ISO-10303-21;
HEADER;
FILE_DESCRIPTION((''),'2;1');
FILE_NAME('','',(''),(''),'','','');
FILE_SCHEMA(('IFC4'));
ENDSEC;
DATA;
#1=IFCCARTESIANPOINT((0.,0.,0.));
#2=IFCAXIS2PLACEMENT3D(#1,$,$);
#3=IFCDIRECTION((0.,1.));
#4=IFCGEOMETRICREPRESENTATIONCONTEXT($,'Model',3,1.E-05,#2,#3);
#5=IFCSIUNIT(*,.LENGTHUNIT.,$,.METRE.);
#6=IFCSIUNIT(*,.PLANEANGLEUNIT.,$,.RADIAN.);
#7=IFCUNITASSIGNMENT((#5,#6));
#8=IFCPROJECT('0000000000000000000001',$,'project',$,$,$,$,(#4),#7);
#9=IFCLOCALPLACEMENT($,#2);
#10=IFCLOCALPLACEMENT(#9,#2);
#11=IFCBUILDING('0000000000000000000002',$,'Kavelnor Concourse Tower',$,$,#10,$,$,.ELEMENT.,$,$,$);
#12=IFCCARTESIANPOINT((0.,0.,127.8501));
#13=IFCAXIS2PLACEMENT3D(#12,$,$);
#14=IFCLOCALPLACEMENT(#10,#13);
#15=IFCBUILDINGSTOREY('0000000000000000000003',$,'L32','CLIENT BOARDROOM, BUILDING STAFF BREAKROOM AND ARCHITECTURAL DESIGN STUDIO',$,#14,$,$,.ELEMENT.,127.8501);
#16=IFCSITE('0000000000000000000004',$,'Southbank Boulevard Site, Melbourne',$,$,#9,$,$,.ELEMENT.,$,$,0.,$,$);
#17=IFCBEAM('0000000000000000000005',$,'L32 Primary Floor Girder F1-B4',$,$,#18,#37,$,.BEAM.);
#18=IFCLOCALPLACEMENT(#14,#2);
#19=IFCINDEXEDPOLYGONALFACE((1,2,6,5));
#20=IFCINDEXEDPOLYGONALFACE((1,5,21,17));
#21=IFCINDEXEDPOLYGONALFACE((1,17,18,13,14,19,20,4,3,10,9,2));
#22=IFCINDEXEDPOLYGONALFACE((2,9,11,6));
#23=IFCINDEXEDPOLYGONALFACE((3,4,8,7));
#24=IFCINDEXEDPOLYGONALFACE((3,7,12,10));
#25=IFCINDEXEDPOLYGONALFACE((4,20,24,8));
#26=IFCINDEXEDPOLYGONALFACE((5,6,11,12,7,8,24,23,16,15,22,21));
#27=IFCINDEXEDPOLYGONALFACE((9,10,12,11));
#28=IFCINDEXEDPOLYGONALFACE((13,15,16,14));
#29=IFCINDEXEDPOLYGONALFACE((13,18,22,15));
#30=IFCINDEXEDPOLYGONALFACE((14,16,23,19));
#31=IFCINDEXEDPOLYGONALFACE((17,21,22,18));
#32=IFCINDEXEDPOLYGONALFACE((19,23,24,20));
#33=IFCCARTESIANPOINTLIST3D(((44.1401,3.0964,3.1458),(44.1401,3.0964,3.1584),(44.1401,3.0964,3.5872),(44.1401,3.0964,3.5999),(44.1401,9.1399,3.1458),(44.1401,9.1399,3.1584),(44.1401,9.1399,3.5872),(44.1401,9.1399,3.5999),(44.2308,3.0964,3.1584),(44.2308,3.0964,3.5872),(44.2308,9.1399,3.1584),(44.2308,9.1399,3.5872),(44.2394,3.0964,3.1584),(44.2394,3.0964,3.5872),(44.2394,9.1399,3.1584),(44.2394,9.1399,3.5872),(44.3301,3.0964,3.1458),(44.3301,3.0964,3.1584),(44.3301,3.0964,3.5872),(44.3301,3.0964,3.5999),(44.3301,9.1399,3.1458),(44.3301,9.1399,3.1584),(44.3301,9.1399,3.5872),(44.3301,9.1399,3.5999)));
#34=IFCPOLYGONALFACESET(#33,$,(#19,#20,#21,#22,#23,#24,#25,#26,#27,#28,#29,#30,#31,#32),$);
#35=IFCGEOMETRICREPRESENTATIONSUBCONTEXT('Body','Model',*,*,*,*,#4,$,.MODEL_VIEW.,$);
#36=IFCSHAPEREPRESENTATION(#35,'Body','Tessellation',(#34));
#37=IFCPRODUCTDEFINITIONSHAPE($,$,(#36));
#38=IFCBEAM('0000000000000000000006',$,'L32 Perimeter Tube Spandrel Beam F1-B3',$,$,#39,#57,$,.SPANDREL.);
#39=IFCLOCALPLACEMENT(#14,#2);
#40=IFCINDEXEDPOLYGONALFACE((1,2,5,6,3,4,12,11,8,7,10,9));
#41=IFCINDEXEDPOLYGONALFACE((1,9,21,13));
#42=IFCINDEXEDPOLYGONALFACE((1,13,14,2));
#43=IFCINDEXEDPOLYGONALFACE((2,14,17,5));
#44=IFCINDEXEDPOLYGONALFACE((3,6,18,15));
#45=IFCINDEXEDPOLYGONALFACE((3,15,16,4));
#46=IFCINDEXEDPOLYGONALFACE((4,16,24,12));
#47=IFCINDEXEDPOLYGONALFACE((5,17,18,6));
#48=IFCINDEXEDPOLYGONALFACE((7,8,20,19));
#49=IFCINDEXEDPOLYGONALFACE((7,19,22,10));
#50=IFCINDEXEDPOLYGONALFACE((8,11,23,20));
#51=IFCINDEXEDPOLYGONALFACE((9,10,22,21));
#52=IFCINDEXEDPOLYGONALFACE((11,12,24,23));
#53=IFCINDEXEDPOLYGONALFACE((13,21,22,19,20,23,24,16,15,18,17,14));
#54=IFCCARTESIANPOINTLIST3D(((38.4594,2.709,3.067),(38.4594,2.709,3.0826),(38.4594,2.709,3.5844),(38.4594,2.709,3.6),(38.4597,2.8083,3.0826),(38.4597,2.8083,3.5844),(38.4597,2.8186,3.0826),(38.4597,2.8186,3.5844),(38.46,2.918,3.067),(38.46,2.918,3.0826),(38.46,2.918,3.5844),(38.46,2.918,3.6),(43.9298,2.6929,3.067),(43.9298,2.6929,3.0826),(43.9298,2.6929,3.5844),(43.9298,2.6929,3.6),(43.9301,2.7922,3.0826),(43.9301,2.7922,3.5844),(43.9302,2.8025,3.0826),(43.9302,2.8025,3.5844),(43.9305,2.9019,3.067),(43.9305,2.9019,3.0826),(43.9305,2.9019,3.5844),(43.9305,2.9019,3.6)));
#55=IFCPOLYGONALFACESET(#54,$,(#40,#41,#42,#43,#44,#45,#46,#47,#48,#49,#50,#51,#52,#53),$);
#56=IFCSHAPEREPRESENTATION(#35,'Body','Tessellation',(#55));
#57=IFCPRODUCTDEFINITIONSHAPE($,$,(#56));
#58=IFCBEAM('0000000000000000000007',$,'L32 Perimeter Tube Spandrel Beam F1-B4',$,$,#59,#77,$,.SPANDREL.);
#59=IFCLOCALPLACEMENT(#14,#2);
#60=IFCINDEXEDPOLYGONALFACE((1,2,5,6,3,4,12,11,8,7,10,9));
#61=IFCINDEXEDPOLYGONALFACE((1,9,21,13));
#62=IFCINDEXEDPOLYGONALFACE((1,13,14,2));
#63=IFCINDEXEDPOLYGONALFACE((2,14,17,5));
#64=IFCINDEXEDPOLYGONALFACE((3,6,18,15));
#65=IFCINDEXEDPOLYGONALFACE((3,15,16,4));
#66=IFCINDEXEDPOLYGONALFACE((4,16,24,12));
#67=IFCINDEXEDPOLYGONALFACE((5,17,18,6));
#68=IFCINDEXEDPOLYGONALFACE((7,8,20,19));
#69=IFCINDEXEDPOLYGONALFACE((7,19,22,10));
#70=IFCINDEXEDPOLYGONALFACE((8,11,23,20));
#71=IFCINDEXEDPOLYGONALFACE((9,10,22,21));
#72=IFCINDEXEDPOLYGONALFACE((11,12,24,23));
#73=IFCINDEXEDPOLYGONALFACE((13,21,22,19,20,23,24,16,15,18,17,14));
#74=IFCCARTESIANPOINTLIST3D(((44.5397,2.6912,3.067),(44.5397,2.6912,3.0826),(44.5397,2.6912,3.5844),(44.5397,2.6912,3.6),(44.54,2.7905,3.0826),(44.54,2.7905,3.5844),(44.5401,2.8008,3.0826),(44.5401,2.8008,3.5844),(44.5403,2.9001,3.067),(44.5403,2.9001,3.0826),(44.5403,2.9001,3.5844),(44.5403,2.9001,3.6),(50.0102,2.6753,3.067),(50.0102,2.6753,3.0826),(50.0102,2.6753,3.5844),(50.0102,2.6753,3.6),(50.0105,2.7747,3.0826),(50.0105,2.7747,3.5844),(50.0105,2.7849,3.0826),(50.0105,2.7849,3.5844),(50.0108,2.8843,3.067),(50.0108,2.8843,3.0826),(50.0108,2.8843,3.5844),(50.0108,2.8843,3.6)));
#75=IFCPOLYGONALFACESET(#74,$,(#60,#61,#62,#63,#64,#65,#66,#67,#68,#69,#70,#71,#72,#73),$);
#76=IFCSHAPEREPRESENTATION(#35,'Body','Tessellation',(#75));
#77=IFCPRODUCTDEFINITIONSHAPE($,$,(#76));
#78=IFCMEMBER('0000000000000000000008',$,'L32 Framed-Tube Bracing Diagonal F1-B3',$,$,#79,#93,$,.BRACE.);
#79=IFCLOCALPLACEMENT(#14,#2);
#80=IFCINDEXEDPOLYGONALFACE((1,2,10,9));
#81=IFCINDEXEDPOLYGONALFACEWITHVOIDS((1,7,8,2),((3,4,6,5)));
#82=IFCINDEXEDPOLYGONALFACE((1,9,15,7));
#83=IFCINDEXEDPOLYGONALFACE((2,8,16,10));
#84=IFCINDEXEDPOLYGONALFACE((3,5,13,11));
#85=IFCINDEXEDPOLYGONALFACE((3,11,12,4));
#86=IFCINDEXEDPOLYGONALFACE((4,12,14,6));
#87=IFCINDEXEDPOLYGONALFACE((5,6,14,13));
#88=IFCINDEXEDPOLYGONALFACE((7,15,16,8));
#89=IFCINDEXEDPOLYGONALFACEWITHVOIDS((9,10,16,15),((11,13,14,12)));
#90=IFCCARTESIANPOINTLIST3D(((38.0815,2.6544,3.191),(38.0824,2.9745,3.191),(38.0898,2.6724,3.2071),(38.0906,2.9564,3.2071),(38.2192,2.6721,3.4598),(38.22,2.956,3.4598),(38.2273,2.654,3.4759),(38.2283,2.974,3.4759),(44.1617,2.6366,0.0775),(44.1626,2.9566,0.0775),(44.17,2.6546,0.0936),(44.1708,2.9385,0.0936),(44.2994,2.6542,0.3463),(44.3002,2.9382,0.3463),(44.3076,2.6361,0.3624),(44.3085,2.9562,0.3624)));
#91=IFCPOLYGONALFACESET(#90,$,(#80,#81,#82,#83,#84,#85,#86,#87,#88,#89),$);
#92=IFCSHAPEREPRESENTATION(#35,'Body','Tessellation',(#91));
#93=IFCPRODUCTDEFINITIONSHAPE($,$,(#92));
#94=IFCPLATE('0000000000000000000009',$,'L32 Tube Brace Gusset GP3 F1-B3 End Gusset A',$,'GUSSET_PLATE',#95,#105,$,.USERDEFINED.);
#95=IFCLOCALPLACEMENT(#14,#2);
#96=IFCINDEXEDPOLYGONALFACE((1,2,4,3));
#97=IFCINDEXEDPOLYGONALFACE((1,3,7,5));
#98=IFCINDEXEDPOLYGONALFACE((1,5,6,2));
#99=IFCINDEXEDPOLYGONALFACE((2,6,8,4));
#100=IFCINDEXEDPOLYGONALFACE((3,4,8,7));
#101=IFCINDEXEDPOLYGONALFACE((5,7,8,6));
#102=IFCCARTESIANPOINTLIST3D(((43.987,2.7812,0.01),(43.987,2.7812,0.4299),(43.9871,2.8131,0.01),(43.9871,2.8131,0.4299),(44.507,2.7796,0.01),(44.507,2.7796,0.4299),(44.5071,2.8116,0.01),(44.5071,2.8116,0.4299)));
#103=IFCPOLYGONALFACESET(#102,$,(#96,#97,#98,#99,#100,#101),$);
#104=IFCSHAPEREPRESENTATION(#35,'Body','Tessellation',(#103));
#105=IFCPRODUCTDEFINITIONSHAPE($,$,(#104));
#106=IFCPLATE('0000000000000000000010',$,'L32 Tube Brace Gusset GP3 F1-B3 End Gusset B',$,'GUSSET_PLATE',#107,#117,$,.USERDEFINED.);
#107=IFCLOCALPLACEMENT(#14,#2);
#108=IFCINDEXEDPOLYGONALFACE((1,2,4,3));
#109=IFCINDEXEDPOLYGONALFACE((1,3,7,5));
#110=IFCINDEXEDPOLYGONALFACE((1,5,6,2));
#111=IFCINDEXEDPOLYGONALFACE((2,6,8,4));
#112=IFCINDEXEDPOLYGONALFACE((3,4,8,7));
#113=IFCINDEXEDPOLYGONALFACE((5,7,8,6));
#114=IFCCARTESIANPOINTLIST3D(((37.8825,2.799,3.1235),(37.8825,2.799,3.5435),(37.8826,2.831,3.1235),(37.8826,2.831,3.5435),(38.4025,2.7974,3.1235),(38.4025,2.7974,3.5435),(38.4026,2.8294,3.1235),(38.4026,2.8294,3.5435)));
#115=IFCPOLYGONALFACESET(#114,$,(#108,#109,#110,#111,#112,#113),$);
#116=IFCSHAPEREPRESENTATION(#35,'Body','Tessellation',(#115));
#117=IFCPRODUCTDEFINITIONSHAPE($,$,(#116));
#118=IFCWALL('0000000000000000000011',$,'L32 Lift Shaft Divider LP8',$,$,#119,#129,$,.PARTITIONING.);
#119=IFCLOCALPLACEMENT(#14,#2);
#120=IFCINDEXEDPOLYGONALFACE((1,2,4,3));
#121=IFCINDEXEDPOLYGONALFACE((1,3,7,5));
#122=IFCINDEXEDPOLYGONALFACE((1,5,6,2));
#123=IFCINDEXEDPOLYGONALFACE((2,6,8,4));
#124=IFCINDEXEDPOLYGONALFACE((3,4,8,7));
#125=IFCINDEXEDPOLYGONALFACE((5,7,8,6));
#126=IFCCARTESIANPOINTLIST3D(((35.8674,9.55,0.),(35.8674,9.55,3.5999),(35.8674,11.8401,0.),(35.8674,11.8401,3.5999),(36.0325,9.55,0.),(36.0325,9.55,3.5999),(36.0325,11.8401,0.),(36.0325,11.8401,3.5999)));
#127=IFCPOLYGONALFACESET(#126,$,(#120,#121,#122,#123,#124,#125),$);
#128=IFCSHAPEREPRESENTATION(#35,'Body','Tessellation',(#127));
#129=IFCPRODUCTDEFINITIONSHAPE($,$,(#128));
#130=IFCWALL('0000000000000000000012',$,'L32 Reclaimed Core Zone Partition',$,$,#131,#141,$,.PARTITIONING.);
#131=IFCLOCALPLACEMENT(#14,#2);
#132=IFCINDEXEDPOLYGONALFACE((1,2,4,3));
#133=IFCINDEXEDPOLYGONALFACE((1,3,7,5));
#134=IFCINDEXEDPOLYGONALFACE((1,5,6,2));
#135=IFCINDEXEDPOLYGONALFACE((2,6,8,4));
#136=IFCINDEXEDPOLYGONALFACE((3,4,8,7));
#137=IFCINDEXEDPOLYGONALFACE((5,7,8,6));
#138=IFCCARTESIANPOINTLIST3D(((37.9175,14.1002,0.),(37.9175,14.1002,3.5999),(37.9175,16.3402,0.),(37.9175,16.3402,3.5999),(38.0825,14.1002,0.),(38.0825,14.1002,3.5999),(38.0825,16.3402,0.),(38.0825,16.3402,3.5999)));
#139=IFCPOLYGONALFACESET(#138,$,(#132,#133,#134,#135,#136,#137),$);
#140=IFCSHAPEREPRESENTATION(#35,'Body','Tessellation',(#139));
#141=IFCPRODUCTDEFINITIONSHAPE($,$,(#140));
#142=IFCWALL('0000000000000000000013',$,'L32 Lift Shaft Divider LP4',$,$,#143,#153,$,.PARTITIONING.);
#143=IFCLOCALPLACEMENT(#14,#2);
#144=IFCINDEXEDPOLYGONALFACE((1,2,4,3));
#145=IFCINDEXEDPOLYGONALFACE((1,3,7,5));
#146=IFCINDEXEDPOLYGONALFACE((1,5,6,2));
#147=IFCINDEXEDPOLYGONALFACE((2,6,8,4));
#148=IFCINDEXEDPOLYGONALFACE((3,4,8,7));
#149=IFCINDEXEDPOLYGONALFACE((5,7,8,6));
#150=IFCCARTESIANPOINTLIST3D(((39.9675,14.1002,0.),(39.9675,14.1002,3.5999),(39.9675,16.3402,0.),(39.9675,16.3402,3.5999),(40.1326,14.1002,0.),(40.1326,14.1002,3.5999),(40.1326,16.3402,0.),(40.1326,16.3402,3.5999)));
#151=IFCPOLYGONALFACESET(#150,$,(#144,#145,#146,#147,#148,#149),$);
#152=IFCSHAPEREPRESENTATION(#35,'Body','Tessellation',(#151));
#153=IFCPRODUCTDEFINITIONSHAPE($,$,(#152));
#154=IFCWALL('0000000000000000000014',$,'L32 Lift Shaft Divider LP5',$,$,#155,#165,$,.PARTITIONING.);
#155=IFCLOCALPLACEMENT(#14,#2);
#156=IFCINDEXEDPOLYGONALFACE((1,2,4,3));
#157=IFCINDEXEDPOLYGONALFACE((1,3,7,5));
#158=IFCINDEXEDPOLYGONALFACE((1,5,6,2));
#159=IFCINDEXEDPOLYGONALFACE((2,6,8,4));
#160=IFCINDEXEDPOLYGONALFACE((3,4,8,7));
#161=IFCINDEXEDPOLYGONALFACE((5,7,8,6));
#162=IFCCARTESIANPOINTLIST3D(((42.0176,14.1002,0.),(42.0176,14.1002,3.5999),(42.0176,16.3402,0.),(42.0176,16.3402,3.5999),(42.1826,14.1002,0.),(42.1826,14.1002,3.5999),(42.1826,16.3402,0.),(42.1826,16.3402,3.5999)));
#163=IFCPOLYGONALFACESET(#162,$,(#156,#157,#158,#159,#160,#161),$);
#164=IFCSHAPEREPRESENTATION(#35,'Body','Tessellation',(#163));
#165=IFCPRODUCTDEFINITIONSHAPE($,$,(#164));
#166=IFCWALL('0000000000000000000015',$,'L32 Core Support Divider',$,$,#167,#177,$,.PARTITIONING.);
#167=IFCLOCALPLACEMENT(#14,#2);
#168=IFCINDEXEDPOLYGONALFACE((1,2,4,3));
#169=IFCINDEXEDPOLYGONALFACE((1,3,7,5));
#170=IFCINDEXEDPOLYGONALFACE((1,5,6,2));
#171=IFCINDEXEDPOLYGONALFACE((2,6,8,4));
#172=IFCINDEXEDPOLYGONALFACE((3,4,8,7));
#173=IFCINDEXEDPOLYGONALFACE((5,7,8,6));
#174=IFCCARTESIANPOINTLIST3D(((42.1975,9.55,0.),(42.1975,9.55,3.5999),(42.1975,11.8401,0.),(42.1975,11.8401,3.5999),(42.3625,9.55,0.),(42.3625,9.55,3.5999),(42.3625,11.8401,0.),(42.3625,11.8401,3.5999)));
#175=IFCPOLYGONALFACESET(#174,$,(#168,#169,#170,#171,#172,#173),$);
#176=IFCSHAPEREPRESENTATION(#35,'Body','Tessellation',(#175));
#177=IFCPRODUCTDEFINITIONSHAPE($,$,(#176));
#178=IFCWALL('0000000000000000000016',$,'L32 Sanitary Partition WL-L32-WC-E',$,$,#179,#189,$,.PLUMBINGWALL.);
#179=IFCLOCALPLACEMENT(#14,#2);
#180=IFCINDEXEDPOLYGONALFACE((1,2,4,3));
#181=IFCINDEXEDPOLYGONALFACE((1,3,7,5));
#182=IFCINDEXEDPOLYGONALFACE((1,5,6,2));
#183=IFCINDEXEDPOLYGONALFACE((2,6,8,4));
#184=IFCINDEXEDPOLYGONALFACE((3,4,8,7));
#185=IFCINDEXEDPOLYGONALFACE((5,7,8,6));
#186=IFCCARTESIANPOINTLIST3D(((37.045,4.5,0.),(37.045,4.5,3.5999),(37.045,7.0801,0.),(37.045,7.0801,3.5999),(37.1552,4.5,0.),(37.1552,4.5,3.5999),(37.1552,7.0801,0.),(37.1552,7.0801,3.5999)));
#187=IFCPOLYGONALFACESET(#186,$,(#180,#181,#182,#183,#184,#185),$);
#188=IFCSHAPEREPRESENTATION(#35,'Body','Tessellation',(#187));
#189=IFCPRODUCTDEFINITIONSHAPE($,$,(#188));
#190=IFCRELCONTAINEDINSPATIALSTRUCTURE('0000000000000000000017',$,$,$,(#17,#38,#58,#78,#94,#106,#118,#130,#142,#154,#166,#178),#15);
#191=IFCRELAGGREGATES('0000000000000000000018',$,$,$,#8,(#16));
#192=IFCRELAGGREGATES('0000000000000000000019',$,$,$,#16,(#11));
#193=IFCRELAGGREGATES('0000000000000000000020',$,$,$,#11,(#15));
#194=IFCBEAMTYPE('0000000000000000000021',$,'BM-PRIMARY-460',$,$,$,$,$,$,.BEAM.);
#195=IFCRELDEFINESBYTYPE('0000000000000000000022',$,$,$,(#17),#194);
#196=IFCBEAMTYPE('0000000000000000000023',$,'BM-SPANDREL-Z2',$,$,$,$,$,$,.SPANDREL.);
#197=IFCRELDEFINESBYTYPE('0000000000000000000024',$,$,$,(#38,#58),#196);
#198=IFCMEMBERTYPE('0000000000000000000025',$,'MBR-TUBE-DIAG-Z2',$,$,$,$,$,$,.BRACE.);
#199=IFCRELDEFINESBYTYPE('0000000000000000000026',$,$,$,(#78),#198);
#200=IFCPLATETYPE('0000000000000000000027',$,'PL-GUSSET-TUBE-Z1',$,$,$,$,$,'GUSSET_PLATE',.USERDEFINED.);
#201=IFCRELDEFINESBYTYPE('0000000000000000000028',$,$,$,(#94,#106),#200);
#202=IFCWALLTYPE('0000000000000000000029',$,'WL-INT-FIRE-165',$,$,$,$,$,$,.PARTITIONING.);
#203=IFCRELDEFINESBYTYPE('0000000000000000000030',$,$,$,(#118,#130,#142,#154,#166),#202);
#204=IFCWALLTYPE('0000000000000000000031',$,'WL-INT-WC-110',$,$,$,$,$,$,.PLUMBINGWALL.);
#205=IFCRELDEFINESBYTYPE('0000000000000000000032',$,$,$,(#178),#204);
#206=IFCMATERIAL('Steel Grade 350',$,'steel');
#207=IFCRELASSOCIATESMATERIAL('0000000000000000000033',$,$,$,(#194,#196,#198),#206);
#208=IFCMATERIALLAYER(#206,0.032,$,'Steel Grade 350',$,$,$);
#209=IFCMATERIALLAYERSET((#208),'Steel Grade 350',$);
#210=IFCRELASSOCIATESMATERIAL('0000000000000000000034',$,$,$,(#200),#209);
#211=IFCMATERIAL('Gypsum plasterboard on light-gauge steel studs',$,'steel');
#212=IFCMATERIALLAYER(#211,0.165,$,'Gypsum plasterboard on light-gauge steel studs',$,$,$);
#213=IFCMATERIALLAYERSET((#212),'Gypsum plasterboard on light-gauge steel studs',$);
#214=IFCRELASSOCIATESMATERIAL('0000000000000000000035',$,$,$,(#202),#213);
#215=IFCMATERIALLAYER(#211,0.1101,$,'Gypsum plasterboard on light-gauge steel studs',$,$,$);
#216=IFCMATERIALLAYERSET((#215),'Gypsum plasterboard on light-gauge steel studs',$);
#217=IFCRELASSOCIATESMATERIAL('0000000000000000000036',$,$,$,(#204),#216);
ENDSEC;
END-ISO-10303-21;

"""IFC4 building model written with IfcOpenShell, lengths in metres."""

from ifc_helpers import new_model, si_unit, direction, frame, frame_2d, origin, origin_2d, place, context, subcontext, project, spatial, rectangle, hollow_rectangle, i_section, extrude, material, layer, layer_set, material_profile, profile_set, type_object, element, save


model = new_model("IFC4")

# Units and contexts
model_context = context("Model", 3, precision=1e-05, world=origin(), true_north=direction((0.0, 1.0)))
body_context = subcontext(model_context, "Body", "Model", "MODEL_VIEW")
ifc_project = project(units=[si_unit("LENGTHUNIT", "METRE"), si_unit("PLANEANGLEUNIT", "RADIAN")], contexts=[model_context])

# Site, building, storey
site_placement = place(None, origin())
site = spatial("IfcSite", under=ifc_project, at=site_placement, Name="Southbank Boulevard Site, Melbourne", CompositionType="ELEMENT", RefElevation=0.0)
building_placement = place(site_placement, origin())
building = spatial("IfcBuilding", under=site, at=building_placement, Name="Kavelnor Concourse Tower", CompositionType="ELEMENT")
storey_placement = place(building_placement, frame((0.0, 0.0, 127.8501)))
storey = spatial("IfcBuildingStorey", under=building, at=storey_placement, Name="L32", Description="CLIENT BOARDROOM, BUILDING STAFF BREAKROOM AND ARCHITECTURAL DESIGN STUDIO", CompositionType="ELEMENT", Elevation=127.8501)

# Shared definitions
ifc_material_1 = material(Name="Steel Grade 350", Category="steel")

# Beams
ifc_material_profile_1 = material_profile(ifc_material_1, i_section(OverallWidth=0.1899, OverallDepth=0.4541, WebThickness=0.0085, FlangeThickness=0.0127, at=origin_2d()), Name="460UB67")
ifc_profile_set_1 = profile_set([ifc_material_profile_1], Name="Steel Grade 350")
beam_type_1 = type_object("IfcBeamType", Name="BM-PRIMARY-460", PredefinedType="BEAM", material=ifc_profile_set_1)
beam_1_placement = place(storey_placement, frame((44.2351, 9.1399, 3.3728), z_axis=(0.0, -1.0, 0.0), x_axis=(1.0, 0.0, 0.0)))
element("IfcBeam", 1, at=beam_1_placement, inside=storey, type_object=beam_type_1, Name="L32 Primary Floor Girder F1-B4", PredefinedType="BEAM", context=body_context, shape_type="SweptSolid", body=[
    extrude(i_section(OverallWidth=0.1899, OverallDepth=0.4541, WebThickness=0.0085, FlangeThickness=0.0127, at=origin_2d()), origin(), (0.0, 0.0, 1.0), 6.0435),
])
ifc_material_profile_2 = material_profile(ifc_material_1, i_section(OverallWidth=0.209, OverallDepth=0.533, WebThickness=0.0103, FlangeThickness=0.0156, at=origin_2d()), Name="530UB92")
ifc_profile_set_2 = profile_set([ifc_material_profile_2], Name="Steel Grade 350")
beam_type_2 = type_object("IfcBeamType", Name="BM-SPANDREL-Z2", PredefinedType="SPANDREL", material=ifc_profile_set_2)
for number, where, z_axis, x_axis, name in (
    (2, (38.4597, 2.8135, 3.3335), (0.999996, -0.002945, 0.0), (0.002945, 0.999996, 0.0), "L32 Perimeter Tube Spandrel Beam F1-B3"),
    (3, (44.54, 2.7957, 3.3335), (0.999996, -0.002901, 0.0), (0.002901, 0.999996, 0.0), "L32 Perimeter Tube Spandrel Beam F1-B4"),
):
    element("IfcBeam", number, at=place(storey_placement, frame(where, z_axis=z_axis, x_axis=x_axis)), inside=storey, type_object=beam_type_2, Name=name, PredefinedType="SPANDREL", context=body_context, shape_type="SweptSolid", body=[
        extrude(i_section(OverallWidth=0.209, OverallDepth=0.533, WebThickness=0.0103, FlangeThickness=0.0156, at=origin_2d()), origin(), (0.0, 0.0, 1.0), 5.4705),
    ])

# Member
ifc_material_profile_3 = material_profile(ifc_material_1, hollow_rectangle(XDim=0.3201, YDim=0.3201, WallThickness=0.0181, at=origin_2d()), Name="SHS 320x320x18")
ifc_profile_set_3 = profile_set([ifc_material_profile_3], Name="Steel Grade 350")
member_type = type_object("IfcMemberType", Name="MBR-TUBE-DIAG-Z2", PredefinedType="BRACE", material=ifc_profile_set_3)
member_placement = place(storey_placement, frame((44.2351, 2.7964, 0.22), z_axis=(-0.890087, 0.002609, 0.455783), x_axis=(-0.002931, -0.999996, 0.0)))
element("IfcMember", 4, at=member_placement, inside=storey, type_object=member_type, Name="L32 Framed-Tube Bracing Diagonal F1-B3", PredefinedType="BRACE", context=body_context, shape_type="SweptSolid", body=[
    extrude(hollow_rectangle(XDim=0.3201, YDim=0.3201, WallThickness=0.0181, at=origin_2d()), origin(), (0.0, 0.0, 1.0), 6.8311),
])

# Plates
ifc_layer_1 = layer(ifc_material_1, 0.032, Name="Steel Grade 350")
ifc_layer_set_1 = layer_set([ifc_layer_1], Name="Steel Grade 350")
plate_type = type_object("IfcPlateType", Name="PL-GUSSET-TUBE-Z1", ElementType="GUSSET_PLATE", PredefinedType="USERDEFINED", material=ifc_layer_set_1)
for number, where, z_axis, x_axis, name in (
    (5, (44.2471, 2.7964, 0.01), (0.0, 0.0, 1.0), (-0.999996, 0.002967, 0.0), "L32 Tube Brace Gusset GP3 F1-B3 End Gusset A"),
    (6, (38.1426, 2.8142, 3.1235), (0.0, 0.0, 1.0), (-0.999996, 0.002967, 0.0), "L32 Tube Brace Gusset GP3 F1-B3 End Gusset B"),
):
    element("IfcPlate", number, at=place(storey_placement, frame(where, z_axis=z_axis, x_axis=x_axis)), inside=storey, type_object=plate_type, Name=name, ObjectType="GUSSET_PLATE", PredefinedType="USERDEFINED", context=body_context, shape_type="SweptSolid", body=[
        extrude(rectangle(XDim=0.52, YDim=0.032, at=origin_2d()), origin(), (0.0, 0.0, 1.0), 0.4199),
    ])

# Walls
ifc_material_2 = material(Name="Gypsum plasterboard on light-gauge steel studs", Category="steel")
ifc_layer_2 = layer(ifc_material_2, 0.165, Name="Gypsum plasterboard on light-gauge steel studs")
ifc_layer_set_2 = layer_set([ifc_layer_2], Name="Gypsum plasterboard on light-gauge steel studs")
wall_type_1 = type_object("IfcWallType", Name="WL-INT-FIRE-165", PredefinedType="PARTITIONING", material=ifc_layer_set_2)
wall_1_placement = place(storey_placement, frame((35.95, 9.55, 0.0), z_axis=(0.0, 0.0, 1.0), x_axis=(0.0, 1.0, 0.0)))
element("IfcWall", 7, at=wall_1_placement, inside=storey, type_object=wall_type_1, Name="L32 Lift Shaft Divider LP8", PredefinedType="PARTITIONING", context=body_context, shape_type="SweptSolid", body=[
    extrude(rectangle(XDim=2.29, YDim=0.165, at=frame_2d((1.145, 0.0))), origin(), (0.0, 0.0, 1.0), 3.5999),
])
for number, where, z_axis, x_axis, name in (
    (8, (38.0, 14.1001, 0.0), (0.0, 0.0, 1.0), (0.0, 1.0, 0.0), "L32 Reclaimed Core Zone Partition"),
    (9, (40.05, 14.1001, 0.0), (0.0, 0.0, 1.0), (0.0, 1.0, 0.0), "L32 Lift Shaft Divider LP4"),
    (10, (42.1001, 14.1001, 0.0), (0.0, 0.0, 1.0), (0.0, 1.0, 0.0), "L32 Lift Shaft Divider LP5"),
):
    element("IfcWall", number, at=place(storey_placement, frame(where, z_axis=z_axis, x_axis=x_axis)), inside=storey, type_object=wall_type_1, Name=name, PredefinedType="PARTITIONING", context=body_context, shape_type="SweptSolid", body=[
        extrude(rectangle(XDim=2.24, YDim=0.165, at=frame_2d((1.1201, 0.0))), origin(), (0.0, 0.0, 1.0), 3.5999),
    ])
wall_2_placement = place(storey_placement, frame((42.28, 9.55, 0.0), z_axis=(0.0, 0.0, 1.0), x_axis=(0.0, 1.0, 0.0)))
element("IfcWall", 11, at=wall_2_placement, inside=storey, type_object=wall_type_1, Name="L32 Core Support Divider", PredefinedType="PARTITIONING", context=body_context, shape_type="SweptSolid", body=[
    extrude(rectangle(XDim=2.29, YDim=0.165, at=frame_2d((1.145, 0.0))), origin(), (0.0, 0.0, 1.0), 3.5999),
])
ifc_layer_3 = layer(ifc_material_2, 0.1101, Name="Gypsum plasterboard on light-gauge steel studs")
ifc_layer_set_3 = layer_set([ifc_layer_3], Name="Gypsum plasterboard on light-gauge steel studs")
wall_type_2 = type_object("IfcWallType", Name="WL-INT-WC-110", PredefinedType="PLUMBINGWALL", material=ifc_layer_set_3)
wall_3_placement = place(storey_placement, frame((37.1001, 4.5, 0.0), z_axis=(0.0, 0.0, 1.0), x_axis=(0.0, 1.0, 0.0)))
element("IfcWall", 12, at=wall_3_placement, inside=storey, type_object=wall_type_2, Name="L32 Sanitary Partition WL-L32-WC-E", PredefinedType="PLUMBINGWALL", context=body_context, shape_type="SweptSolid", body=[
    extrude(rectangle(XDim=2.5801, YDim=0.1101, at=frame_2d((1.29, 0.0))), origin(), (0.0, 0.0, 1.0), 3.5999),
])

save(model, "model.ifc")
